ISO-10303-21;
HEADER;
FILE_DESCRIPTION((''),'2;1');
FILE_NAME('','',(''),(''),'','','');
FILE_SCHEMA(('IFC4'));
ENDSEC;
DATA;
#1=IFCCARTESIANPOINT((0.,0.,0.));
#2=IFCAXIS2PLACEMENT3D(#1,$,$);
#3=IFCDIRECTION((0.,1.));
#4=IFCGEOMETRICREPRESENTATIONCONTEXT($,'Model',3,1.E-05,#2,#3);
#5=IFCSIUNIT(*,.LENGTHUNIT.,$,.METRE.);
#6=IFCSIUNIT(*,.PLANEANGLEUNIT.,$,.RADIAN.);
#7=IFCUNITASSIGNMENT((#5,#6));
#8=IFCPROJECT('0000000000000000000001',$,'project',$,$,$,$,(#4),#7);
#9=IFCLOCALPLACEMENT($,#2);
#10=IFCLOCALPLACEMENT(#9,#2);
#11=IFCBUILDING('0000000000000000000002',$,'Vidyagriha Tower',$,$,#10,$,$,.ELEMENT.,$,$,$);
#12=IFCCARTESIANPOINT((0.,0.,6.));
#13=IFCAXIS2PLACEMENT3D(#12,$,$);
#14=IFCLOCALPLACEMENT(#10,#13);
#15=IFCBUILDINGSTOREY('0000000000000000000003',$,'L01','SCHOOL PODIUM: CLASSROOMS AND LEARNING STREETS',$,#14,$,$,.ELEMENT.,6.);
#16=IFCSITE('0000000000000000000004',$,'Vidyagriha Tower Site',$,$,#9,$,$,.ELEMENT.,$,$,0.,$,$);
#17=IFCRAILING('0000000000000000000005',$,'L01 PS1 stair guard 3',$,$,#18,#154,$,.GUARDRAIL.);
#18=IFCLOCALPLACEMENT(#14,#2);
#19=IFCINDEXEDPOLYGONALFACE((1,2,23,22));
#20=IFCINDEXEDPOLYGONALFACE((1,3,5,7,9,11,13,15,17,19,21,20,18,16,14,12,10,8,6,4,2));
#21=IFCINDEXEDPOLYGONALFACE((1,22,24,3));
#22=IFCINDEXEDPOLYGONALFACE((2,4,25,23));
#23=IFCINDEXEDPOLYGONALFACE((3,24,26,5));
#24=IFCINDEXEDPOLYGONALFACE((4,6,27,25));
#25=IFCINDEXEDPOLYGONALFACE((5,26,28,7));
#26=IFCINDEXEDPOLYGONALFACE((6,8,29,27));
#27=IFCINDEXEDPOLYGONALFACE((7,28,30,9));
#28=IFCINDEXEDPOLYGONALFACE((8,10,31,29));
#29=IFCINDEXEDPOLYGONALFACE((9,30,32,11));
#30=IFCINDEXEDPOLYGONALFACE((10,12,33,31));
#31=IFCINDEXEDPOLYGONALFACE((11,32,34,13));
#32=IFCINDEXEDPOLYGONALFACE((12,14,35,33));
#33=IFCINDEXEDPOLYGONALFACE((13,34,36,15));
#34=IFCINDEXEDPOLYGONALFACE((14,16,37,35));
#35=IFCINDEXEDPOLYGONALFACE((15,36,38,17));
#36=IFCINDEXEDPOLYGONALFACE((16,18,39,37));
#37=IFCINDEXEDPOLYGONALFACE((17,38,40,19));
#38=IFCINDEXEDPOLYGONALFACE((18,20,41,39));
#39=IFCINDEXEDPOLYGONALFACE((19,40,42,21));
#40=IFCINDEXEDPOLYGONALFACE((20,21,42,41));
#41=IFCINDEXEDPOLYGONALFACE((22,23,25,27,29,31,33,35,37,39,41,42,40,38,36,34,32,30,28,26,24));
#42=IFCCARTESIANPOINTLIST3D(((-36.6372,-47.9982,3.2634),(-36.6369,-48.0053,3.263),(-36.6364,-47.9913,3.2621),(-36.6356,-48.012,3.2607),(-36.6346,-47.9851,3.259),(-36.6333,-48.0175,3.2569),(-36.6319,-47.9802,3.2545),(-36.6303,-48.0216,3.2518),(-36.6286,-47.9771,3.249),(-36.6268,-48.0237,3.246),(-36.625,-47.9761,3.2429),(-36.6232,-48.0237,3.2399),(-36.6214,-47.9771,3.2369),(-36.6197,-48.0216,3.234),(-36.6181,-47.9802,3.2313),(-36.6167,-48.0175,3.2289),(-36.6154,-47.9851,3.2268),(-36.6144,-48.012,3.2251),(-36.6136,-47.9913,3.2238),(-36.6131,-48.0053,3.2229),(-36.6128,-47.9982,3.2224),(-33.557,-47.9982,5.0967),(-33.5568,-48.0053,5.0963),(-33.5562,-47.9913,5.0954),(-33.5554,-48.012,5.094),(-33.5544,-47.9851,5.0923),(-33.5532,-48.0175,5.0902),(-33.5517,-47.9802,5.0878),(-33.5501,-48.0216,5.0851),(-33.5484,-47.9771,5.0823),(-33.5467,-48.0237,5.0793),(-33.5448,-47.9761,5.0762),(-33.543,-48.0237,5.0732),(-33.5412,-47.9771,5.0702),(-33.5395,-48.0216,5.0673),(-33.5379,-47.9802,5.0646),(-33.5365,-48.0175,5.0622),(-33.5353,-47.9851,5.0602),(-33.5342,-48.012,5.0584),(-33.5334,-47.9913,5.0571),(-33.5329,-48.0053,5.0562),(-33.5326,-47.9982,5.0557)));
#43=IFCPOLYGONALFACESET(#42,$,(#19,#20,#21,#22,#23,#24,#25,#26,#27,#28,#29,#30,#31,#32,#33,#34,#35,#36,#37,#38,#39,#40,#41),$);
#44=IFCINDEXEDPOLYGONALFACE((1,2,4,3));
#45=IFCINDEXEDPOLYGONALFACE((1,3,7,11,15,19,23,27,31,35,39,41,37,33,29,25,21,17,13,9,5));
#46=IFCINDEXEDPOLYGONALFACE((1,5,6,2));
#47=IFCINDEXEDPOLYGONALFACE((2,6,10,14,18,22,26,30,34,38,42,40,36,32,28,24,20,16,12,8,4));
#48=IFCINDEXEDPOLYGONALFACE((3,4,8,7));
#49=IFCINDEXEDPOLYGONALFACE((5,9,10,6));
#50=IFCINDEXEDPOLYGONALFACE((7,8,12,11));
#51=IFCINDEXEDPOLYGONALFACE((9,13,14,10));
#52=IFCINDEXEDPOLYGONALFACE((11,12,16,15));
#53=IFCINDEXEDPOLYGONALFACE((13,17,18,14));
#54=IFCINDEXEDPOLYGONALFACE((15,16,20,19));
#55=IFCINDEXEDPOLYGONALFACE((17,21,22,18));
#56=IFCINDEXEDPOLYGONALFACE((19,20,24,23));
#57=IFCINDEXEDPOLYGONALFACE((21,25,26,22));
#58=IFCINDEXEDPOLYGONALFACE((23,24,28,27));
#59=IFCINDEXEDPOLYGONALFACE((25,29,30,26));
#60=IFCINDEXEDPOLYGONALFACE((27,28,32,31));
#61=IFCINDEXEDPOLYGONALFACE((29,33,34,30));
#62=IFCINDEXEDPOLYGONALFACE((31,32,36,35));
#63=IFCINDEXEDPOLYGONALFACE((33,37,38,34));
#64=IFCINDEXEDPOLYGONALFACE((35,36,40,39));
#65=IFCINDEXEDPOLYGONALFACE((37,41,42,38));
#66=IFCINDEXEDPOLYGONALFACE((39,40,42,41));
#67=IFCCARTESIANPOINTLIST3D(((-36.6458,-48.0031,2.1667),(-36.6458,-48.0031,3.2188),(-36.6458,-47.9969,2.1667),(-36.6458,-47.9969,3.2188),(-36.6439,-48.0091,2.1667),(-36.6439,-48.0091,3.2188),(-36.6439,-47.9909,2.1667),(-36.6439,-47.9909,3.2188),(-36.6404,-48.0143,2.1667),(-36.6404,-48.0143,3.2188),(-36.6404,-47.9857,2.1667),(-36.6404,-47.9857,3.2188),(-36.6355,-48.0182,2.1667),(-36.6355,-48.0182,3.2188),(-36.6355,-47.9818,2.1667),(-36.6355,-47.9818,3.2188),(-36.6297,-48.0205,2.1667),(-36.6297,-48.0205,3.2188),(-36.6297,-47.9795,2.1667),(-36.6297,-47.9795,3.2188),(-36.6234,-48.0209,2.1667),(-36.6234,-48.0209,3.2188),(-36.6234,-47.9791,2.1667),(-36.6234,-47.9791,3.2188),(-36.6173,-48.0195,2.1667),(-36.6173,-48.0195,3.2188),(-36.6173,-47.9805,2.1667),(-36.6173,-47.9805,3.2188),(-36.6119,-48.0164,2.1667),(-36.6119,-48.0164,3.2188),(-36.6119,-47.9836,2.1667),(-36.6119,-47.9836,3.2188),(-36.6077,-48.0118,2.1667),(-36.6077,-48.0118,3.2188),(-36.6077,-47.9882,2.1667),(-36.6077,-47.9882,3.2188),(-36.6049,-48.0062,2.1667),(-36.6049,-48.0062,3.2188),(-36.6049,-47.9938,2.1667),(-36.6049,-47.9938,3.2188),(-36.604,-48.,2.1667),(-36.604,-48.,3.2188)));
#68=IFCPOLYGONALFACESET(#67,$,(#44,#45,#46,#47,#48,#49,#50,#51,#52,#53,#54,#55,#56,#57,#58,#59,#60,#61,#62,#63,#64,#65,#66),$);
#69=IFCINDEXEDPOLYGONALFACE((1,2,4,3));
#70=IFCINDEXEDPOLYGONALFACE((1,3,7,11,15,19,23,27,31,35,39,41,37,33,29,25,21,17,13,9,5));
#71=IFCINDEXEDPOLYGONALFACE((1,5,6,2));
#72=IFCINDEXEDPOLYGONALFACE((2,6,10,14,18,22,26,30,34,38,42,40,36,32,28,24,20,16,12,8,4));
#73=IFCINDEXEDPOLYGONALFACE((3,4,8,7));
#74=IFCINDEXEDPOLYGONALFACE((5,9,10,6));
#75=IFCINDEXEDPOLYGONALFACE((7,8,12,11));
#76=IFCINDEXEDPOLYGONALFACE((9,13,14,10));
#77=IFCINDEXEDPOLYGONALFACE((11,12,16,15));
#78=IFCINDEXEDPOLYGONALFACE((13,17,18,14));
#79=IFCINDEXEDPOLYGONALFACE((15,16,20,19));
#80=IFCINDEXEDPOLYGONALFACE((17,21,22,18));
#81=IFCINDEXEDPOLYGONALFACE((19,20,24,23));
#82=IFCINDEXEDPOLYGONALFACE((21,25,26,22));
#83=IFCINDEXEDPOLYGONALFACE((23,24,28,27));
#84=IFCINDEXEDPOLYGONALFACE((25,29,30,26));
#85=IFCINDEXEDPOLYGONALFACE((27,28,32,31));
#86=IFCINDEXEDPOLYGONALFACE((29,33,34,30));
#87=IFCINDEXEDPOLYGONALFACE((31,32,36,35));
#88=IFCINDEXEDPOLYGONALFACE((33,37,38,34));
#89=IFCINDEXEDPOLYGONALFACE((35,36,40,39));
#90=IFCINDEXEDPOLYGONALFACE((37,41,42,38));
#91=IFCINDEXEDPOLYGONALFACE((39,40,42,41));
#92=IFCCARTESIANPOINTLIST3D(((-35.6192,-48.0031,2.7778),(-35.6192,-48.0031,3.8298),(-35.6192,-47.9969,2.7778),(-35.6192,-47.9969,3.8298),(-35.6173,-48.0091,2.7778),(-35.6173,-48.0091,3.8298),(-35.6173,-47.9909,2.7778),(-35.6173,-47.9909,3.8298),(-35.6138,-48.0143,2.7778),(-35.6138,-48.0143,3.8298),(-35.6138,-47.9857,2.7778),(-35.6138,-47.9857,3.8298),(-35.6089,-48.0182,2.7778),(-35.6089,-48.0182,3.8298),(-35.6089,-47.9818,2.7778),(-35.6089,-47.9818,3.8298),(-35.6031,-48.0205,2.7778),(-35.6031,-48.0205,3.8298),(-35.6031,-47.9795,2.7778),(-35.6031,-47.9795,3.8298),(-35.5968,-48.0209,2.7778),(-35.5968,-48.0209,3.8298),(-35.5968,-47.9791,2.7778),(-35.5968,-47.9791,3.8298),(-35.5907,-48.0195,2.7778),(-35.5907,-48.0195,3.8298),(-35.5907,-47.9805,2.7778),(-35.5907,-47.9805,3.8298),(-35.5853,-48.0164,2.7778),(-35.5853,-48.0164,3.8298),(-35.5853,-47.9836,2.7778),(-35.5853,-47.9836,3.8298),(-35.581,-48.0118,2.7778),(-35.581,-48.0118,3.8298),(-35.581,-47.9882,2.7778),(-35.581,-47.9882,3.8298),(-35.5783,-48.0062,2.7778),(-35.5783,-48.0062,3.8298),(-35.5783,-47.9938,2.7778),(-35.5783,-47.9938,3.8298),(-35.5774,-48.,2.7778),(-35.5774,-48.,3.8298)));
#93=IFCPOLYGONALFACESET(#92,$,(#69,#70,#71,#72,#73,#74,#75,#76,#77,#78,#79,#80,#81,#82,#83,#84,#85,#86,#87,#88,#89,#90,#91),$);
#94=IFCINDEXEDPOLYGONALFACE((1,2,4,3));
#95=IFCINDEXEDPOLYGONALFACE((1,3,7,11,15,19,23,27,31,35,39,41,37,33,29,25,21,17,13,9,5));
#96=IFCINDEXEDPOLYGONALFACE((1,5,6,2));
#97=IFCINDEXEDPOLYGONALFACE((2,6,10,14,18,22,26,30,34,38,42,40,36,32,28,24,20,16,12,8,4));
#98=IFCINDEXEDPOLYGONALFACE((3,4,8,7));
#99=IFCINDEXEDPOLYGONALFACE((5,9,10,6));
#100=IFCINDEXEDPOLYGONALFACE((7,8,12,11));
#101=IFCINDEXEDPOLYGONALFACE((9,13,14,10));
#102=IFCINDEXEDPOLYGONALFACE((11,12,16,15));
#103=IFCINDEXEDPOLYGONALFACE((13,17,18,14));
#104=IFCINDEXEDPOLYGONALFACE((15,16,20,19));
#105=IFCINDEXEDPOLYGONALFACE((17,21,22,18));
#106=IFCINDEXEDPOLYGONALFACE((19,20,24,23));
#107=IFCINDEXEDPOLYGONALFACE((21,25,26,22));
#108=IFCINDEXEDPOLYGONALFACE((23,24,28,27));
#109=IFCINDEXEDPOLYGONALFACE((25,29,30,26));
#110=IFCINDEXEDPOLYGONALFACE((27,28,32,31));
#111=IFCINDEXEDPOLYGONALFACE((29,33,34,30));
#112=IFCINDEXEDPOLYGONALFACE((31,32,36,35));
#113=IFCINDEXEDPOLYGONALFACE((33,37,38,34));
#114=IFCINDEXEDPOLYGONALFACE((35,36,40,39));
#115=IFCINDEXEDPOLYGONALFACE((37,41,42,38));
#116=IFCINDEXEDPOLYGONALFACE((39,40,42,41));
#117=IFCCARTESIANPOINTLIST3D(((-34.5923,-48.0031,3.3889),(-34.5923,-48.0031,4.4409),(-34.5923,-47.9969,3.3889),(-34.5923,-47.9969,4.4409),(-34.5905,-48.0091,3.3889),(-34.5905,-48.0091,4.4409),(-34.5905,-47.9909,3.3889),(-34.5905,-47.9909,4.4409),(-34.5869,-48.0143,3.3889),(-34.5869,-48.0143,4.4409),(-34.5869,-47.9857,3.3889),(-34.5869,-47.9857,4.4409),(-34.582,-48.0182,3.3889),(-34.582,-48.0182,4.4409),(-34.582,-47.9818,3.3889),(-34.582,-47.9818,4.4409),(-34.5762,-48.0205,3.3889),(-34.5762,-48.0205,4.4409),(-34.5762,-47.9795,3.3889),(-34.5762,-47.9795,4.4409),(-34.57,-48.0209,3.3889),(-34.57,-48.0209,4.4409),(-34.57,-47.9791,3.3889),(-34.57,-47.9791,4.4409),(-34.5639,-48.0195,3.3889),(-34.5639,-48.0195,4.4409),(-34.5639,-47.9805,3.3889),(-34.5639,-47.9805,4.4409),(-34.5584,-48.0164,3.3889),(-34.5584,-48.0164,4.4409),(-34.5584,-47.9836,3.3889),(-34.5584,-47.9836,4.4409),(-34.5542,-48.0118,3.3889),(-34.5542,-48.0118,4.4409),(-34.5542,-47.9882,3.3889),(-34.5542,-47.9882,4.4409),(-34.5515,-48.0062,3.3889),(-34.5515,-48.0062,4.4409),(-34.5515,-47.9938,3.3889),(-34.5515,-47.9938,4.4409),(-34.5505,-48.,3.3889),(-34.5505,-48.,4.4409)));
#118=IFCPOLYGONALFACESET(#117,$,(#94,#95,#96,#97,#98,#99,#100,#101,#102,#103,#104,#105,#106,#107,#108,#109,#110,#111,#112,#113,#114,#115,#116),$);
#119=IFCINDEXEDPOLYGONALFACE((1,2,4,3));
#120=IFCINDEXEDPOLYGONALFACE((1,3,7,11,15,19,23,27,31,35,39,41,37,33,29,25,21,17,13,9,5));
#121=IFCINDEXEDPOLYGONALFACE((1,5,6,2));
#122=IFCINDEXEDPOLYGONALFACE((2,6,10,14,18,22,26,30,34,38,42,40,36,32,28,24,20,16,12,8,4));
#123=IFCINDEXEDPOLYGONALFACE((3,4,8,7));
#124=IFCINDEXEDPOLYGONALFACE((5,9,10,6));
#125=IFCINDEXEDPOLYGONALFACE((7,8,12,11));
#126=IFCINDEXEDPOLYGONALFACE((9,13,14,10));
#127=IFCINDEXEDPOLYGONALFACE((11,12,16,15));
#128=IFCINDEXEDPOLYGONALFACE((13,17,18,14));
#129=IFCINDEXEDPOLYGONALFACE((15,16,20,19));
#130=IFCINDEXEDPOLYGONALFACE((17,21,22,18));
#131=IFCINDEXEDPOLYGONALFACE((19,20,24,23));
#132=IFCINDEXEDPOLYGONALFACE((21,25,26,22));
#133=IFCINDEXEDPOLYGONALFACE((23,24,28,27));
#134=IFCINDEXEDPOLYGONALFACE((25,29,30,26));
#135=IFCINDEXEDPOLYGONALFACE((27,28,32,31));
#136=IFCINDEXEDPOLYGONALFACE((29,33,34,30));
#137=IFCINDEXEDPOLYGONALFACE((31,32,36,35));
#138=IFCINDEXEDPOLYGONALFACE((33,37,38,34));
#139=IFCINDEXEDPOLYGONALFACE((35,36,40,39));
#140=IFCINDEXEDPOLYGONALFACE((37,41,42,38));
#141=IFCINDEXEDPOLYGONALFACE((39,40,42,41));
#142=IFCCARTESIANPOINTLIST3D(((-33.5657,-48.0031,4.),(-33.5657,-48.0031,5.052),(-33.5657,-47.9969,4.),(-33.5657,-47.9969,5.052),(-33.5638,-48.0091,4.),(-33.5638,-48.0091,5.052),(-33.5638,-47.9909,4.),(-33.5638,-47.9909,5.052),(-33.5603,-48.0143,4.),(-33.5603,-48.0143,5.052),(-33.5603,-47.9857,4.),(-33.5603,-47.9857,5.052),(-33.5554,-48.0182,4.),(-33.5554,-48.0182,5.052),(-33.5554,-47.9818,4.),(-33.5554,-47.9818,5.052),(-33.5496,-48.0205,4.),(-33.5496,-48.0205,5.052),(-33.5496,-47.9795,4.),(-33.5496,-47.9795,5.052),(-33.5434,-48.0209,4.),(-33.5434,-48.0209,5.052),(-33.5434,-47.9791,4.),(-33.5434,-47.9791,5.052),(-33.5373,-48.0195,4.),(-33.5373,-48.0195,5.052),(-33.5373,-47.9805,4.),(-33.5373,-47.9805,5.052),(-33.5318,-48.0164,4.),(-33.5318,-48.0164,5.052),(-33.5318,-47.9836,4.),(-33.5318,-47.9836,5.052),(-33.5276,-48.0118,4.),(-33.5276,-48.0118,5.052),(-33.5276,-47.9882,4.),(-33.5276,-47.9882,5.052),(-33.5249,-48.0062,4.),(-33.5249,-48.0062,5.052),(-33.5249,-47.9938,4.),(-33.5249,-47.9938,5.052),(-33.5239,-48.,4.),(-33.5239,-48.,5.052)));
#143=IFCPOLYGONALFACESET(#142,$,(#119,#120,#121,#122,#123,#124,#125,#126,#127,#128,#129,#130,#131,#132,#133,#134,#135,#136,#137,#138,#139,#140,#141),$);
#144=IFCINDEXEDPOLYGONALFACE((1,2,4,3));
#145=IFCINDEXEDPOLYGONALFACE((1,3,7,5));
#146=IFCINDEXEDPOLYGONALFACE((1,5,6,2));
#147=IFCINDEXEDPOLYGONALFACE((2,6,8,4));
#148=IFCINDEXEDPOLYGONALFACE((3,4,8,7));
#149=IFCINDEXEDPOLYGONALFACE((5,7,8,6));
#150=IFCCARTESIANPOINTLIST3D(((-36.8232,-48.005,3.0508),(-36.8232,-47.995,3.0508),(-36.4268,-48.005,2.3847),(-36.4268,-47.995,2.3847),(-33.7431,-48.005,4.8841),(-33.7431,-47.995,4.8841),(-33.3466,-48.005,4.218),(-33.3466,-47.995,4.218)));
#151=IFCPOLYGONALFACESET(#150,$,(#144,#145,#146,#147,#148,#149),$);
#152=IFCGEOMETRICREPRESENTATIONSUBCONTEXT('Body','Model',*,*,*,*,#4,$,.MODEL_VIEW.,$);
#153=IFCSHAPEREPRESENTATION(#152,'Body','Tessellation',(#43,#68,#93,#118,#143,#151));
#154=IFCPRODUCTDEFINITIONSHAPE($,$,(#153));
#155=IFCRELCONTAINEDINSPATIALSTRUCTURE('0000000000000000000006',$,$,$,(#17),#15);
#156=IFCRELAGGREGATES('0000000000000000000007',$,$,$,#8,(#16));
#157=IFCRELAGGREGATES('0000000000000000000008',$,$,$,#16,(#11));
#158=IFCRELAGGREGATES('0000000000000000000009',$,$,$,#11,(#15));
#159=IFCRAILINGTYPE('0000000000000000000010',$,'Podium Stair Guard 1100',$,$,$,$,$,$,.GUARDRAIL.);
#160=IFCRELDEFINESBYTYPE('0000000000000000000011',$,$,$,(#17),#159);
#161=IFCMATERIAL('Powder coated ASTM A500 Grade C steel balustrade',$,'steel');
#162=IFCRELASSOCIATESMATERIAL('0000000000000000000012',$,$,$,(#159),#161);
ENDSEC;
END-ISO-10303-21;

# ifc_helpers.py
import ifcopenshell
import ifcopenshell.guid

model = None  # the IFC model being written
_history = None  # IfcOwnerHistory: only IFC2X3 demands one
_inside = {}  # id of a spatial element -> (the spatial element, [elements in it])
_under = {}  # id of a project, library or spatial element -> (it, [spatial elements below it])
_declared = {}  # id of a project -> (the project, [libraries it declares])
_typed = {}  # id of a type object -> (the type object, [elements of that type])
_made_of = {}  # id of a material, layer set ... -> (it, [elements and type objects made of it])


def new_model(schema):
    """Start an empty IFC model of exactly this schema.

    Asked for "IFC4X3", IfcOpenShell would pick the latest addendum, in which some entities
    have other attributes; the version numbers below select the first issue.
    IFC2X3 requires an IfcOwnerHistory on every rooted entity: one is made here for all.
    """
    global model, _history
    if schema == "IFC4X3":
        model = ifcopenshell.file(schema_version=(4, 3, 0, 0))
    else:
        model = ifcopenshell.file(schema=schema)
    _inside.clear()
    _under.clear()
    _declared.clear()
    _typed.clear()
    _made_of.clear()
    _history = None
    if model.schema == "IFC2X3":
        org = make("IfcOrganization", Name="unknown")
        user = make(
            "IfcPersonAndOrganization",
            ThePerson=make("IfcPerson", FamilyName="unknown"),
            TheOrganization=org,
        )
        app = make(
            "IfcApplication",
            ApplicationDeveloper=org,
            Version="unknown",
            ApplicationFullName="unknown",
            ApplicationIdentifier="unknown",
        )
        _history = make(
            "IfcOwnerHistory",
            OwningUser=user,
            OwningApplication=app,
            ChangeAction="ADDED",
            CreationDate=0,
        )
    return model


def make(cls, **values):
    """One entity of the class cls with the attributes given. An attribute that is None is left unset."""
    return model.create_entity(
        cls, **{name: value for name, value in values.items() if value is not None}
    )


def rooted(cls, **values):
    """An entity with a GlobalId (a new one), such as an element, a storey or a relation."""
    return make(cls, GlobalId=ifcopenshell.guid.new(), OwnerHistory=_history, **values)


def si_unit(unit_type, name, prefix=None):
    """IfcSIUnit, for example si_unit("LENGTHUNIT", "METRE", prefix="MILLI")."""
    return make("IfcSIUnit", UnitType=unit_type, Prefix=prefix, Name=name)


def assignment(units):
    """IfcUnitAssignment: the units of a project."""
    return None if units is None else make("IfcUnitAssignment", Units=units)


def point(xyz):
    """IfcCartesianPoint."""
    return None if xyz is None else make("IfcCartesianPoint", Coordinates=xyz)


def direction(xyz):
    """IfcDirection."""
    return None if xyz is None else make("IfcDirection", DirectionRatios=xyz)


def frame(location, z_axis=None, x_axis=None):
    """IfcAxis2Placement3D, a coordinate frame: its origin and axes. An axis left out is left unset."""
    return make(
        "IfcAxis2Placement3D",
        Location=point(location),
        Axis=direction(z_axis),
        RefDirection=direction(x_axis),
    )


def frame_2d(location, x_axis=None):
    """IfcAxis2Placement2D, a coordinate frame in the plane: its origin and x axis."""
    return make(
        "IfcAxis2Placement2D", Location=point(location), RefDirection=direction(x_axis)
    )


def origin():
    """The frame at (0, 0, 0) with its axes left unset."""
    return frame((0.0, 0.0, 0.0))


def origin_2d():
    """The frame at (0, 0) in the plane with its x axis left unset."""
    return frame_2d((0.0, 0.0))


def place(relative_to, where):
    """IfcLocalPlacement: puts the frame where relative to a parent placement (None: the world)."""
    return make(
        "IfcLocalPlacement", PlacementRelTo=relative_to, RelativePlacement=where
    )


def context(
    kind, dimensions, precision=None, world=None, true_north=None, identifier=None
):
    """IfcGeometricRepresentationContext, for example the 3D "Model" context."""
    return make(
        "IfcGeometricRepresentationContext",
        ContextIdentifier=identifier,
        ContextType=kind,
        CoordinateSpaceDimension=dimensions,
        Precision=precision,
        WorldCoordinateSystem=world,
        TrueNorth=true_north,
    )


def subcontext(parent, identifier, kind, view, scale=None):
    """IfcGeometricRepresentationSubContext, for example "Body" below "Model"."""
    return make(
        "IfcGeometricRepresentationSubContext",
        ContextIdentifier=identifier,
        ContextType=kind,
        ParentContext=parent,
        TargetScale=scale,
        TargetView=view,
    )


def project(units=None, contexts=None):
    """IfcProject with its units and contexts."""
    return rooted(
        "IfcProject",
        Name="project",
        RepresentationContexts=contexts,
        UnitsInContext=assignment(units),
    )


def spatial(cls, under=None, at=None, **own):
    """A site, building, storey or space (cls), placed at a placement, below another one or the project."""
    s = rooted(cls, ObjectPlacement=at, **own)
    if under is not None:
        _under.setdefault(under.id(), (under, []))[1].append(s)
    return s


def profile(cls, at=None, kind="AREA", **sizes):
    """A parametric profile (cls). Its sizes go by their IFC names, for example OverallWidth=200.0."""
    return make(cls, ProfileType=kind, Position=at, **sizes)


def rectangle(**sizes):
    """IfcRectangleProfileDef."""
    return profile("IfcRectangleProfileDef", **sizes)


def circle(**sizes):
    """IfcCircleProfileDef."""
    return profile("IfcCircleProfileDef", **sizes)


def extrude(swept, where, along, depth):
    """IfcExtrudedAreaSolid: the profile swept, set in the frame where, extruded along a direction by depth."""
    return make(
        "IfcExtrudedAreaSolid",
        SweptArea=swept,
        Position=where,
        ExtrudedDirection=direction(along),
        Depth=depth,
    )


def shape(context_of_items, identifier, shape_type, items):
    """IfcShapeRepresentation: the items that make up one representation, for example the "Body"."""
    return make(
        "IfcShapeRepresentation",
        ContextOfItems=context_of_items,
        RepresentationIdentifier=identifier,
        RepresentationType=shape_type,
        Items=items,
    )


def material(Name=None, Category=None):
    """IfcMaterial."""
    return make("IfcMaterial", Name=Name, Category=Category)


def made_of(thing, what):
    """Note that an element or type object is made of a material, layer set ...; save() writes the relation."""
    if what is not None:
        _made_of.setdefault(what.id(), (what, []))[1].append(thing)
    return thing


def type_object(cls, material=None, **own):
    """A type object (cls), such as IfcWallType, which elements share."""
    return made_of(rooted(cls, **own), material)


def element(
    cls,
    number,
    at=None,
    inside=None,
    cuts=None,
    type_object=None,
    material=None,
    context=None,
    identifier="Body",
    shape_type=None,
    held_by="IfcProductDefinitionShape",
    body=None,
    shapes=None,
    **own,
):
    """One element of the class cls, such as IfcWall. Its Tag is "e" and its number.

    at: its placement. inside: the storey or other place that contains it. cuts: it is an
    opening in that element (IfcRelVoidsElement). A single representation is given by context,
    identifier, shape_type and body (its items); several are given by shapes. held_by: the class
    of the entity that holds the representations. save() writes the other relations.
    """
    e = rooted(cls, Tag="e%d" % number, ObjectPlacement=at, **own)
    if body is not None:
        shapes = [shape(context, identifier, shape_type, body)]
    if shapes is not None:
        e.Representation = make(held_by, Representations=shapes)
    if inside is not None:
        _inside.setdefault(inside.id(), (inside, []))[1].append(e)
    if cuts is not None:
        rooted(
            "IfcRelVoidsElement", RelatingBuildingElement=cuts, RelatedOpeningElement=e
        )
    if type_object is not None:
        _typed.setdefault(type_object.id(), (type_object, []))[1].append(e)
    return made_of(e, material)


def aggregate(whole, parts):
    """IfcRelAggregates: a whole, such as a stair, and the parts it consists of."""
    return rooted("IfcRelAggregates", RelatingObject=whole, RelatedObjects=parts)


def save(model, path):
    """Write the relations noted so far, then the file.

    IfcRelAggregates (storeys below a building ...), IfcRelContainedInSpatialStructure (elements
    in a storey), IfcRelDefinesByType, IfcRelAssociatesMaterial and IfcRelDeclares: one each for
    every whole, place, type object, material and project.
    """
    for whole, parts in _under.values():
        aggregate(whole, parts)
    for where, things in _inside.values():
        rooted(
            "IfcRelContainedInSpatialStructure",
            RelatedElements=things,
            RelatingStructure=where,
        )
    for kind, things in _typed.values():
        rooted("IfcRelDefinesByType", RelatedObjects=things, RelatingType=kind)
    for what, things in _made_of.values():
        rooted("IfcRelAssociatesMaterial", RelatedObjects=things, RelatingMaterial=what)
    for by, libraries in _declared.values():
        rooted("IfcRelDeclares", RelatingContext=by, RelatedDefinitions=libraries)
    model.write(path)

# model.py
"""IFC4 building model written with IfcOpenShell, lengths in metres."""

from ifc_helpers import new_model, si_unit, direction, frame, origin, origin_2d, place, context, subcontext, project, spatial, rectangle, circle, extrude, material, type_object, element, save


model = new_model("IFC4")

# Units and contexts
model_context = context("Model", 3, precision=1e-05, world=origin(), true_north=direction((0.0, 1.0)))
body_context = subcontext(model_context, "Body", "Model", "MODEL_VIEW")
ifc_project = project(units=[si_unit("LENGTHUNIT", "METRE"), si_unit("PLANEANGLEUNIT", "RADIAN")], contexts=[model_context])

# Site, building, storey
site_placement = place(None, origin())
site = spatial("IfcSite", under=ifc_project, at=site_placement, Name="Vidyagriha Tower Site", CompositionType="ELEMENT", RefElevation=0.0)
building_placement = place(site_placement, origin())
building = spatial("IfcBuilding", under=site, at=building_placement, Name="Vidyagriha Tower", CompositionType="ELEMENT")
storey_placement = place(building_placement, frame((0.0, 0.0, 6.0)))
storey = spatial("IfcBuildingStorey", under=building, at=storey_placement, Name="L01", Description="SCHOOL PODIUM: CLASSROOMS AND LEARNING STREETS", CompositionType="ELEMENT", Elevation=6.0)

# Railing
ifc_material_1 = material(Name="Powder coated ASTM A500 Grade C steel balustrade", Category="steel")
railing_type_1 = type_object("IfcRailingType", Name="Podium Stair Guard 1100", PredefinedType="GUARDRAIL", material=ifc_material_1)
railing_1_placement = place(storey_placement, frame((-36.625, -48.0, 2.1667)))
element("IfcRailing", 1, at=railing_1_placement, inside=storey, type_object=railing_type_1, Name="L01 PS1 stair guard 3", PredefinedType="GUARDRAIL", context=body_context, shape_type="SweptSolid", body=[
    extrude(circle(Radius=0.0239, at=origin_2d()), frame((0.0, 0.0, 1.0762), z_axis=(0.859309, 0.0, 0.511458), x_axis=(0.0, 1.0, 0.0)), (0.0, 0.0, 1.0), 3.5845),
    extrude(circle(Radius=0.021, at=origin_2d()), origin(), (0.0, 0.0, 1.0), 1.052),
    extrude(circle(Radius=0.021, at=origin_2d()), frame((1.0266, 0.0, 0.6111)), (0.0, 0.0, 1.0), 1.052),
    extrude(circle(Radius=0.021, at=origin_2d()), frame((2.0535, 0.0, 1.2222)), (0.0, 0.0, 1.0), 1.052),
    extrude(circle(Radius=0.021, at=origin_2d()), frame((3.0801, 0.0, 1.8333)), (0.0, 0.0, 1.0), 1.052),
    extrude(rectangle(XDim=0.01, YDim=0.7751, at=origin_2d()), frame((0.0, 0.0, 0.551), z_axis=(0.859309, 0.0, 0.511458), x_axis=(0.0, 1.0, 0.0)), (0.0, 0.0, 1.0), 3.5845),
])

save(model, "model.ifc")
